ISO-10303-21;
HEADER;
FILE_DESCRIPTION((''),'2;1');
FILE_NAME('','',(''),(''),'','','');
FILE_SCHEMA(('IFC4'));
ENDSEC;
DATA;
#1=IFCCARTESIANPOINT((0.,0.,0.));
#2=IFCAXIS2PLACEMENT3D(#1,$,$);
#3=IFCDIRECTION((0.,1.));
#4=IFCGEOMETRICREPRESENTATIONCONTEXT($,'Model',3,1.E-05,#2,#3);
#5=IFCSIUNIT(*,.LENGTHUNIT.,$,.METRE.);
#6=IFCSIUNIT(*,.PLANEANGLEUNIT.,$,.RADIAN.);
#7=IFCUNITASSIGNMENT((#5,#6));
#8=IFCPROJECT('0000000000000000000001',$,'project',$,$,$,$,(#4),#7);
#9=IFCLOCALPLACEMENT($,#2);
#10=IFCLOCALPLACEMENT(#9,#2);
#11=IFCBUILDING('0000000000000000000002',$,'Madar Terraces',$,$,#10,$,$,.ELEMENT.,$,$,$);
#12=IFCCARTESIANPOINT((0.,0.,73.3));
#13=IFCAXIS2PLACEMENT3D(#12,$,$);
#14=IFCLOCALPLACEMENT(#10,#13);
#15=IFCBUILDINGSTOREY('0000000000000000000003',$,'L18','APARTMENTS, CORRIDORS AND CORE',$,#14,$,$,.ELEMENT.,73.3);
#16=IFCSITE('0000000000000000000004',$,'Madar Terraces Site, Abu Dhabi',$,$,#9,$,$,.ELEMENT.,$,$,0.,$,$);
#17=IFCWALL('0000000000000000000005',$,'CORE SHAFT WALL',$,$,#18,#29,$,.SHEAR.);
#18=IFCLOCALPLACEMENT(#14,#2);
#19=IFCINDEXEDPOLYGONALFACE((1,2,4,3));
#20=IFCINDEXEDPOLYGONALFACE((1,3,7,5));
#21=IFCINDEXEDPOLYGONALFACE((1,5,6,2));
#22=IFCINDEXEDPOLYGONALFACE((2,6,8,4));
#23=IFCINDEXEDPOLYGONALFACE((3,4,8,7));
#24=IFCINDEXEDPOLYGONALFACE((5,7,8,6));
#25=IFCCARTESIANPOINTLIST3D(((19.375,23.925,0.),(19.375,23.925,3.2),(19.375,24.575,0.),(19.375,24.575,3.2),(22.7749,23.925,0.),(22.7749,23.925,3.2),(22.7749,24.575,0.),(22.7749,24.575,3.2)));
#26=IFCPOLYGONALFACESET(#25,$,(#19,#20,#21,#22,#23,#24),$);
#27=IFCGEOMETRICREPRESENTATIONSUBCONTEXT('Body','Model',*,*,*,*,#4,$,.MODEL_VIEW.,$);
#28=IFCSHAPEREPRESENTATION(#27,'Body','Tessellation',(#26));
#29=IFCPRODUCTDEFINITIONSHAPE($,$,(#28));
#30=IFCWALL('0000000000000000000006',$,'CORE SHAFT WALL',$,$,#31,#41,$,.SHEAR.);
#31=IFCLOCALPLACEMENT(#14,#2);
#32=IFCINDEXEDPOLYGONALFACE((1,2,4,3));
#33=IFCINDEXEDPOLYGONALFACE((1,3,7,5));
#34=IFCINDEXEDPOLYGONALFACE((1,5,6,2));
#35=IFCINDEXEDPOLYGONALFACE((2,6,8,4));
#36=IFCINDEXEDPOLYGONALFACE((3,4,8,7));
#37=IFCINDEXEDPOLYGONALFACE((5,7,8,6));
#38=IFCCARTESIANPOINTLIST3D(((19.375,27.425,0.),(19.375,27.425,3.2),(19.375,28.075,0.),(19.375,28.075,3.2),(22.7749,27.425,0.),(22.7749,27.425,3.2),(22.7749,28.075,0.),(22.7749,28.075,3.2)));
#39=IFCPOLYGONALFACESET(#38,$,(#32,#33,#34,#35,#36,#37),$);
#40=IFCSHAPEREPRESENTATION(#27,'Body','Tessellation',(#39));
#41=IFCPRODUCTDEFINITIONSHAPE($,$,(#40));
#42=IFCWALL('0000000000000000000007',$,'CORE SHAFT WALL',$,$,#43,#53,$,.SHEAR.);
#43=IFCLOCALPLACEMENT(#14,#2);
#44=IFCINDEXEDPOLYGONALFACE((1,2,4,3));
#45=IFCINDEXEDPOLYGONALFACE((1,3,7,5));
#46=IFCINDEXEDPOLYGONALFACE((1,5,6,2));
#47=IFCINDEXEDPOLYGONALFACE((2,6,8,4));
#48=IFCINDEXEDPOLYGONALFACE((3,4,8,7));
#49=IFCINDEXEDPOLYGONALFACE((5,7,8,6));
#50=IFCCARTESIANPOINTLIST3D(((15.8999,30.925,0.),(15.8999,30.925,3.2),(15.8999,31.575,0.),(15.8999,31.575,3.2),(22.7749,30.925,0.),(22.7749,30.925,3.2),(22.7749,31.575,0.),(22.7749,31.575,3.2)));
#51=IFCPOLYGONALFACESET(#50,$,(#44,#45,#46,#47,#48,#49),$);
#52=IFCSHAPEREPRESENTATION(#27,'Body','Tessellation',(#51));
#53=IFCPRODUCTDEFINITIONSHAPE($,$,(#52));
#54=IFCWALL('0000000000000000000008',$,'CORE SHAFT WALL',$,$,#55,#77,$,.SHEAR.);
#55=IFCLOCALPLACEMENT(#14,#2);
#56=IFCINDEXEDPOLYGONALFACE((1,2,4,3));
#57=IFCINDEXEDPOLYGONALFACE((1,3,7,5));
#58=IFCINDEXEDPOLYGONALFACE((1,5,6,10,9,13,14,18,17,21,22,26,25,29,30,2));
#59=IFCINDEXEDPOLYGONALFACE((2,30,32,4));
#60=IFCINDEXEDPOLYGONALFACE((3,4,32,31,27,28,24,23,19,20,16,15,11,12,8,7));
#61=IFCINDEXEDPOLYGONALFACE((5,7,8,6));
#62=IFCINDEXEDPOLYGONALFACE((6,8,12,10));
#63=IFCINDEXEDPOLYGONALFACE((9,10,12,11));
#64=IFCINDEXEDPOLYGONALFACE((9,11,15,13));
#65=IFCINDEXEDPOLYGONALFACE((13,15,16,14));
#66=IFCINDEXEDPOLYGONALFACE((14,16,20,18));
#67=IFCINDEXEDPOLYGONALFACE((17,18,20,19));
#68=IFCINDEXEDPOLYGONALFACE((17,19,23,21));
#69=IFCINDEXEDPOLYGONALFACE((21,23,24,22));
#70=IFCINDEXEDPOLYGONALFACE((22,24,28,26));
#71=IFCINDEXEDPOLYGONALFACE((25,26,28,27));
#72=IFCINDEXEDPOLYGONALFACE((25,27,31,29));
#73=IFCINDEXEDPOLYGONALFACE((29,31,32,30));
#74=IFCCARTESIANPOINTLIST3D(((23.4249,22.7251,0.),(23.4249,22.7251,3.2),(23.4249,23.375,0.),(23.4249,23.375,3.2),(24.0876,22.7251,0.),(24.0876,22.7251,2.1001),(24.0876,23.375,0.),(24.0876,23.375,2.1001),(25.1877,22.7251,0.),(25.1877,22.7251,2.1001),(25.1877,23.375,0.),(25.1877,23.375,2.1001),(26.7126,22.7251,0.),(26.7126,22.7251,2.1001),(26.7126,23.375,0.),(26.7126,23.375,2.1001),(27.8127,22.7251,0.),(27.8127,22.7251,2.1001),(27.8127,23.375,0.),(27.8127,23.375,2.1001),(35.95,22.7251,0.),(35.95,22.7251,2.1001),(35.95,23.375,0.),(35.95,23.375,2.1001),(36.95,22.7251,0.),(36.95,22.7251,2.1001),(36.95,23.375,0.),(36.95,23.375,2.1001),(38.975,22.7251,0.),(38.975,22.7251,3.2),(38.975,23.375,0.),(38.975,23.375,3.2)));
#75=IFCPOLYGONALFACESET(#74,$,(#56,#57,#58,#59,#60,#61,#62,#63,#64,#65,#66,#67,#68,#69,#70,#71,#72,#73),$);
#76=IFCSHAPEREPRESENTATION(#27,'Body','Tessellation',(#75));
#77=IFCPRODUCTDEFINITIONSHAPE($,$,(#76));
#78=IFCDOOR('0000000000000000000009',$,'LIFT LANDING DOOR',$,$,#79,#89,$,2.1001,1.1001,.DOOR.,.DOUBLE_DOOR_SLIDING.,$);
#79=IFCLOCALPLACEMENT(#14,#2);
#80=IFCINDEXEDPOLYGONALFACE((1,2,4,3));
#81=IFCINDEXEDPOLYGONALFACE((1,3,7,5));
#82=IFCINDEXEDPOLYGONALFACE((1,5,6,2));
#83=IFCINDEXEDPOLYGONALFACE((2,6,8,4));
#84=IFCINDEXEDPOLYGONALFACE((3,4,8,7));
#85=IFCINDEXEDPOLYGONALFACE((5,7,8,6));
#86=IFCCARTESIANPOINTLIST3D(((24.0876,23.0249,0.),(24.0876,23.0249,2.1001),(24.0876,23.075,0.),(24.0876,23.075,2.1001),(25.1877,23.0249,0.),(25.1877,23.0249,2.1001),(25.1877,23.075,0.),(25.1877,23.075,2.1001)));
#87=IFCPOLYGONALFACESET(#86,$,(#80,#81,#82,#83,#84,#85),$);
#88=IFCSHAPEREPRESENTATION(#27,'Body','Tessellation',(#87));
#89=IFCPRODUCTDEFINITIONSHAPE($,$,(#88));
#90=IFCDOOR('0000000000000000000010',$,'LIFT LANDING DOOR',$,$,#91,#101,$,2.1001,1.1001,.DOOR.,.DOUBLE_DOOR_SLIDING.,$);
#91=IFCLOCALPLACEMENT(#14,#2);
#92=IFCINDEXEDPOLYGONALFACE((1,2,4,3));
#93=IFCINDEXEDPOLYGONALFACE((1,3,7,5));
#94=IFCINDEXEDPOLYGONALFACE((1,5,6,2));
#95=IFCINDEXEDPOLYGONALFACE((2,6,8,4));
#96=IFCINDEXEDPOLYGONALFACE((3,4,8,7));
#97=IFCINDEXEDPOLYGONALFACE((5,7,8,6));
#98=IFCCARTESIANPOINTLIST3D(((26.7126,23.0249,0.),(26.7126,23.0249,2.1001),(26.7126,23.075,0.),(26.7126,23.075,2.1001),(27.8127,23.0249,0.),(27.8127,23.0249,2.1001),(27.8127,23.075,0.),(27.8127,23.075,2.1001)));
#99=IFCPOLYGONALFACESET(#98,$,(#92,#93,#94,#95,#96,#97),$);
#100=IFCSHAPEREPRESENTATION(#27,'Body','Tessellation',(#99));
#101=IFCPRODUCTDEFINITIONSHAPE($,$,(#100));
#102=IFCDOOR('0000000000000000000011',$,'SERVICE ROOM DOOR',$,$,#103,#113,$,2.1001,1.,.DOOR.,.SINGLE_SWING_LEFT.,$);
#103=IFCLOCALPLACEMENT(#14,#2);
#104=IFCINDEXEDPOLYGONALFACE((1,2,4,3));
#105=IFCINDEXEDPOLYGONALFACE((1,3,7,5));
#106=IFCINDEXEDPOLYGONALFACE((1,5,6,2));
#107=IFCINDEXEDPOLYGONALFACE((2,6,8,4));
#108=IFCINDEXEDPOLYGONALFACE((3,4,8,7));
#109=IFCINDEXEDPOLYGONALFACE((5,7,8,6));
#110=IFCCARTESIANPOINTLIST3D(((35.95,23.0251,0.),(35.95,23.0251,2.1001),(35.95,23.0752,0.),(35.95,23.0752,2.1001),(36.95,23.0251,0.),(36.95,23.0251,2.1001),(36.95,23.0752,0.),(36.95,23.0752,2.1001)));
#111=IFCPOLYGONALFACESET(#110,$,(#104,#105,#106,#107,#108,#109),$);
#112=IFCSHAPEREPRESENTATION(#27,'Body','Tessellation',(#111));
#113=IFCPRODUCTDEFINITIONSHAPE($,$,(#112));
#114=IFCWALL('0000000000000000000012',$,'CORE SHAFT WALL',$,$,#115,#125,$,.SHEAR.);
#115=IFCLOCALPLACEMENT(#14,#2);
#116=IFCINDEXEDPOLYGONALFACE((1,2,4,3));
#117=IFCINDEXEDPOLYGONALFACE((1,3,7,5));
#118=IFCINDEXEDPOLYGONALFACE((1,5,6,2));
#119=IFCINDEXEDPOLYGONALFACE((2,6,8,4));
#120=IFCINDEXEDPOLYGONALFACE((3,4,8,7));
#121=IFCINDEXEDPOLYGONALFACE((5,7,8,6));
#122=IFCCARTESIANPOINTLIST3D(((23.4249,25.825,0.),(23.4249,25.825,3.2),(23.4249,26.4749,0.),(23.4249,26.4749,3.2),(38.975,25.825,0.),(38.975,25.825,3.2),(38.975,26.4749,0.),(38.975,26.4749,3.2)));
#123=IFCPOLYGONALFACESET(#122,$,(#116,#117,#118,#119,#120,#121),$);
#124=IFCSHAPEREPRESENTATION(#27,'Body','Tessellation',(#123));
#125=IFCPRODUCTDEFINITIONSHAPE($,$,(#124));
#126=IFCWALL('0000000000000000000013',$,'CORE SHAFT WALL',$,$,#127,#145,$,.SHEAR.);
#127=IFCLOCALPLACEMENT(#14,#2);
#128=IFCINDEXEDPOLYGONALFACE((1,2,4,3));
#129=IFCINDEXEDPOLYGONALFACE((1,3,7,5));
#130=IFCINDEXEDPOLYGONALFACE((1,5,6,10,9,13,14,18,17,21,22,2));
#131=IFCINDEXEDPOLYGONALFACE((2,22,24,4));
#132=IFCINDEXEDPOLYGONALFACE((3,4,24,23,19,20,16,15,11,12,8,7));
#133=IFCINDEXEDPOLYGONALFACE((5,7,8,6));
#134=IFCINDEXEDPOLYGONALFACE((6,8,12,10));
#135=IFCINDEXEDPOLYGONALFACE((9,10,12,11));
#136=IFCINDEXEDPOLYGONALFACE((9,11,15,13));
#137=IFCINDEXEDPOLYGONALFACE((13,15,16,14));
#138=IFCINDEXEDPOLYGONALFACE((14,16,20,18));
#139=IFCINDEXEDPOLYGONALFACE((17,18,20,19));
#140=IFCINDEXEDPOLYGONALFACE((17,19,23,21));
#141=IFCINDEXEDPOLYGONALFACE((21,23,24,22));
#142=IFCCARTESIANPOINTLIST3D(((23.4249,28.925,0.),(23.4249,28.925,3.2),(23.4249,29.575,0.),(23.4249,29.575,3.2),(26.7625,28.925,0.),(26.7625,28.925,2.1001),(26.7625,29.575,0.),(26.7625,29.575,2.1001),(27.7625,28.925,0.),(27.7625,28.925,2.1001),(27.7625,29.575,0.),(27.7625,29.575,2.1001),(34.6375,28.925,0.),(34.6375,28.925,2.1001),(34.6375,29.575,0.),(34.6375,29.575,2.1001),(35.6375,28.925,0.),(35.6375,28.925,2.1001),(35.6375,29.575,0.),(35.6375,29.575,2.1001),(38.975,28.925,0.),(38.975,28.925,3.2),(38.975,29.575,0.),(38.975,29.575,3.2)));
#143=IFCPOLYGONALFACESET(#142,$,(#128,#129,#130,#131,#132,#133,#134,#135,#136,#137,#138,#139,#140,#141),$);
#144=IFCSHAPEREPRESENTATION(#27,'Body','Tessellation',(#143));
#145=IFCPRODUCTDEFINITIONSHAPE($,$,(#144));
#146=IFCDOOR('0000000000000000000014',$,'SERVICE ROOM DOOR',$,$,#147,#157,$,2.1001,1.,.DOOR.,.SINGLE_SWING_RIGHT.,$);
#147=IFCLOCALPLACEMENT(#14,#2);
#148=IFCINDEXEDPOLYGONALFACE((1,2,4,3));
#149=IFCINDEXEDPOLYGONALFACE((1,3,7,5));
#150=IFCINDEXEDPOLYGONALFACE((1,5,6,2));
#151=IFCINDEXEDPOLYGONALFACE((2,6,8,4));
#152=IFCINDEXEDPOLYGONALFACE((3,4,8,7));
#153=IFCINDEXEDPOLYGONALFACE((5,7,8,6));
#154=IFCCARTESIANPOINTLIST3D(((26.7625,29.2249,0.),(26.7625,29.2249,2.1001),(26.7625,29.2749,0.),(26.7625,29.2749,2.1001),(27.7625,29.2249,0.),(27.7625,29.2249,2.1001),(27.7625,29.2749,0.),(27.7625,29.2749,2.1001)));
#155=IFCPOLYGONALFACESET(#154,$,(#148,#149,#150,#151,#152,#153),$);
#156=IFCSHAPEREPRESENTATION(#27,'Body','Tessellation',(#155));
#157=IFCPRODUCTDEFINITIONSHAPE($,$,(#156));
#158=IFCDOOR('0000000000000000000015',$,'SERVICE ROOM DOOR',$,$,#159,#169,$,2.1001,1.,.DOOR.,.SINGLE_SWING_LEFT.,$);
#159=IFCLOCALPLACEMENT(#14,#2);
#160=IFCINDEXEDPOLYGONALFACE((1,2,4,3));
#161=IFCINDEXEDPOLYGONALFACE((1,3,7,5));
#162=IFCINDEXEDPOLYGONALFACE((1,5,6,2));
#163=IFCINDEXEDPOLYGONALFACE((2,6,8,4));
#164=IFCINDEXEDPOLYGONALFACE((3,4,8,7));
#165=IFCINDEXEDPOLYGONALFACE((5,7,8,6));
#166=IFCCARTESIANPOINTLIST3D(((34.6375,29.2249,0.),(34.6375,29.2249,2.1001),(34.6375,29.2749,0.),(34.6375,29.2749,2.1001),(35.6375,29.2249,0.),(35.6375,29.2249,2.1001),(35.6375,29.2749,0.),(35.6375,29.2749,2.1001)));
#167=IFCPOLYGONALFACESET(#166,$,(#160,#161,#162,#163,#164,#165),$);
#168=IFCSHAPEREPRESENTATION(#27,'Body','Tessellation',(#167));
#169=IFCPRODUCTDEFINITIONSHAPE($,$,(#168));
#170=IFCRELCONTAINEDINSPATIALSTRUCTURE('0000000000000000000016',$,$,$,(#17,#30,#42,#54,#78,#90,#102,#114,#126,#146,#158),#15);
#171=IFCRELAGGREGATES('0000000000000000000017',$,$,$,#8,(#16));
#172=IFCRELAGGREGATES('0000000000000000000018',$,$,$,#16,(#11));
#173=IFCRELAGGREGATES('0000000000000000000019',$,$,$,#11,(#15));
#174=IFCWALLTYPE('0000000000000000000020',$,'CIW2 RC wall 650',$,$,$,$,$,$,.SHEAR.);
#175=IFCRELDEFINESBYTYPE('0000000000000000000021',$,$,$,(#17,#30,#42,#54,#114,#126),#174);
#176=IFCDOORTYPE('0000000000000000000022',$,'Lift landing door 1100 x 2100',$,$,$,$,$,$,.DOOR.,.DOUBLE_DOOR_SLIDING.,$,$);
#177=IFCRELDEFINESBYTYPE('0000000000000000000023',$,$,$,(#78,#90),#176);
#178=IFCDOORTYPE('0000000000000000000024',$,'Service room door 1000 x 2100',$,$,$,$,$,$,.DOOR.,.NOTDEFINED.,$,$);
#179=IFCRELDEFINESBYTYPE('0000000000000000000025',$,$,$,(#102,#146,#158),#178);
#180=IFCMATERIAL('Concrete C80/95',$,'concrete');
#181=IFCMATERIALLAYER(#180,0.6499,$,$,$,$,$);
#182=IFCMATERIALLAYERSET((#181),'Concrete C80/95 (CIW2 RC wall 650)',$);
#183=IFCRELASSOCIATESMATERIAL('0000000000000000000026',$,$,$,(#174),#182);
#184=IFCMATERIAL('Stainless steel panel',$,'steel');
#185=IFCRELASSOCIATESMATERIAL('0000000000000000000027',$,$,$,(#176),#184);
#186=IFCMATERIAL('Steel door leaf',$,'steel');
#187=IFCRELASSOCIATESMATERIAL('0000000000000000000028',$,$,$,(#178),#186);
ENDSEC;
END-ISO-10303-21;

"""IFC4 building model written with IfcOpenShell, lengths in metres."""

from ifc_helpers import new_model, si_unit, direction, frame, frame_2d, origin, place, context, subcontext, project, spatial, rectangle, extrude, material, layer, layer_set, type_object, element, fill, save


model = new_model("IFC4")

# Units and contexts
model_context = context("Model", 3, precision=1e-05, world=origin(), true_north=direction((0.0, 1.0)))
body_context = subcontext(model_context, "Body", "Model", "MODEL_VIEW")
ifc_project = project(units=[si_unit("LENGTHUNIT", "METRE"), si_unit("PLANEANGLEUNIT", "RADIAN")], contexts=[model_context])

# Site, building, storey
site_placement = place(None, origin())
site = spatial("IfcSite", under=ifc_project, at=site_placement, Name="Madar Terraces Site, Abu Dhabi", CompositionType="ELEMENT", RefElevation=0.0)
building_placement = place(site_placement, origin())
building = spatial("IfcBuilding", under=site, at=building_placement, Name="Madar Terraces", CompositionType="ELEMENT")
storey_placement = place(building_placement, frame((0.0, 0.0, 73.3)))
storey = spatial("IfcBuildingStorey", under=building, at=storey_placement, Name="L18", Description="APARTMENTS, CORRIDORS AND CORE", CompositionType="ELEMENT", Elevation=73.3)

# Walls
ifc_material_1 = material(Name="Concrete C80/95", Category="concrete")
ifc_layer_1 = layer(ifc_material_1, 0.6499)
ifc_layer_set_1 = layer_set([ifc_layer_1], Name="Concrete C80/95 (CIW2 RC wall 650)")
wall_type_1 = type_object("IfcWallType", Name="CIW2 RC wall 650", PredefinedType="SHEAR", material=ifc_layer_set_1)
for number, where, z_axis, x_axis, name in (
    (1, (19.375, 24.25, 0.0), (0.0, 0.0, 1.0), (1.0, 0.0, 0.0), "CORE SHAFT WALL"),
    (2, (19.375, 27.75, 0.0), (0.0, 0.0, 1.0), (1.0, 0.0, 0.0), "CORE SHAFT WALL"),
):
    element("IfcWall", number, at=place(storey_placement, frame(where, z_axis=z_axis, x_axis=x_axis)), inside=storey, type_object=wall_type_1, Name=name, PredefinedType="SHEAR", context=body_context, shape_type="SweptSolid", body=[
        extrude(rectangle(XDim=3.3999, YDim=0.6499, at=frame_2d((1.7, 0.0))), origin(), (0.0, 0.0, 1.0), 3.2),
    ])
wall_1_placement = place(storey_placement, frame((15.8999, 31.25, 0.0), z_axis=(0.0, 0.0, 1.0), x_axis=(1.0, 0.0, 0.0)))
element("IfcWall", 3, at=wall_1_placement, inside=storey, type_object=wall_type_1, Name="CORE SHAFT WALL", PredefinedType="SHEAR", context=body_context, shape_type="SweptSolid", body=[
    extrude(rectangle(XDim=6.875, YDim=0.6499, at=frame_2d((3.4375, 0.0))), origin(), (0.0, 0.0, 1.0), 3.2),
])

# Wall, openings, doors
wall_2_placement = place(storey_placement, frame((23.425, 23.05, 0.0), z_axis=(0.0, 0.0, 1.0), x_axis=(1.0, 0.0, 0.0)))
wall_2 = element("IfcWall", 4, at=wall_2_placement, inside=storey, type_object=wall_type_1, Name="CORE SHAFT WALL", PredefinedType="SHEAR", context=body_context, shape_type="SweptSolid", body=[
    extrude(rectangle(XDim=15.55, YDim=0.6499, at=frame_2d((7.7749, 0.0))), origin(), (0.0, 0.0, 1.0), 3.2),
])
opening_1_placement = place(wall_2_placement, frame((0.6626, 0.0, 0.0)))
opening_1 = element("IfcOpeningElement", 5, at=opening_1_placement, cuts=wall_2, PredefinedType="OPENING", context=body_context, shape_type="SweptSolid", body=[
    extrude(rectangle(XDim=1.1001, YDim=2.1001, at=frame_2d((0.55, 1.05))), frame((0.0, 0.335, 0.0), z_axis=(0.0, -1.0, 0.0), x_axis=(1.0, 0.0, 0.0)), (0.0, 0.0, 1.0), 0.6699),
])
opening_2_placement = place(wall_2_placement, frame((3.2876, 0.0, 0.0)))
opening_2 = element("IfcOpeningElement", 6, at=opening_2_placement, cuts=wall_2, PredefinedType="OPENING", context=body_context, shape_type="SweptSolid", body=[
    extrude(rectangle(XDim=1.1001, YDim=2.1001, at=frame_2d((0.55, 1.05))), frame((0.0, 0.335, 0.0), z_axis=(0.0, -1.0, 0.0), x_axis=(1.0, 0.0, 0.0)), (0.0, 0.0, 1.0), 0.6699),
])
opening_3_placement = place(wall_2_placement, frame((12.5249, 0.0, 0.0)))
opening_3 = element("IfcOpeningElement", 7, at=opening_3_placement, cuts=wall_2, PredefinedType="OPENING", context=body_context, shape_type="SweptSolid", body=[
    extrude(rectangle(XDim=1.0, YDim=2.1001, at=frame_2d((0.5, 1.05))), frame((0.0, 0.335, 0.0), z_axis=(0.0, -1.0, 0.0), x_axis=(1.0, 0.0, 0.0)), (0.0, 0.0, 1.0), 0.6699),
])
ifc_material_2 = material(Name="Stainless steel panel", Category="steel")
door_type_1 = type_object("IfcDoorType", Name="Lift landing door 1100 x 2100", OperationType="DOUBLE_DOOR_SLIDING", PredefinedType="DOOR", material=ifc_material_2)
door_1_placement = place(opening_1_placement, origin())
door_1 = element("IfcDoor", 8, at=door_1_placement, inside=storey, type_object=door_type_1, Name="LIFT LANDING DOOR", OperationType="DOUBLE_DOOR_SLIDING", OverallHeight=2.1001, OverallWidth=1.1001, PredefinedType="DOOR", context=body_context, shape_type="SweptSolid", body=[
    extrude(rectangle(XDim=1.1001, YDim=2.1001, at=frame_2d((0.55, 1.05))), frame((0.0, 0.0249, 0.0), z_axis=(0.0, -1.0, 0.0), x_axis=(1.0, 0.0, 0.0)), (0.0, 0.0, 1.0), 0.05),
])
fill(opening_1, door_1)
door_2_placement = place(opening_2_placement, origin())
door_2 = element("IfcDoor", 9, at=door_2_placement, inside=storey, type_object=door_type_1, Name="LIFT LANDING DOOR", OperationType="DOUBLE_DOOR_SLIDING", OverallHeight=2.1001, OverallWidth=1.1001, PredefinedType="DOOR", context=body_context, shape_type="SweptSolid", body=[
    extrude(rectangle(XDim=1.1001, YDim=2.1001, at=frame_2d((0.55, 1.05))), frame((0.0, 0.0249, 0.0), z_axis=(0.0, -1.0, 0.0), x_axis=(1.0, 0.0, 0.0)), (0.0, 0.0, 1.0), 0.05),
])
fill(opening_2, door_2)
ifc_material_3 = material(Name="Steel door leaf", Category="steel")
door_type_2 = type_object("IfcDoorType", Name="Service room door 1000 x 2100", OperationType="NOTDEFINED", PredefinedType="DOOR", material=ifc_material_3)
door_3_placement = place(opening_3_placement, frame((1.0, 0.0, 0.0), z_axis=(0.0, 0.0, 1.0), x_axis=(-1.0, 0.0, 0.0)))
door_3 = element("IfcDoor", 10, at=door_3_placement, inside=storey, type_object=door_type_2, Name="SERVICE ROOM DOOR", OperationType="SINGLE_SWING_LEFT", OverallHeight=2.1001, OverallWidth=1.0, PredefinedType="DOOR", context=body_context, shape_type="SweptSolid", body=[
    extrude(rectangle(XDim=1.0, YDim=2.1001, at=frame_2d((0.5, 1.05))), frame((0.0, 0.0249, 0.0), z_axis=(0.0, -1.0, 0.0), x_axis=(1.0, 0.0, 0.0)), (0.0, 0.0, 1.0), 0.05),
])
fill(opening_3, door_3)

# Wall
wall_3_placement = place(storey_placement, frame((23.425, 26.1499, 0.0), z_axis=(0.0, 0.0, 1.0), x_axis=(1.0, 0.0, 0.0)))
element("IfcWall", 11, at=wall_3_placement, inside=storey, type_object=wall_type_1, Name="CORE SHAFT WALL", PredefinedType="SHEAR", context=body_context, shape_type="SweptSolid", body=[
    extrude(rectangle(XDim=15.55, YDim=0.6499, at=frame_2d((7.7749, 0.0))), origin(), (0.0, 0.0, 1.0), 3.2),
])

# Wall, openings, doors
wall_4_placement = place(storey_placement, frame((23.425, 29.25, 0.0), z_axis=(0.0, 0.0, 1.0), x_axis=(1.0, 0.0, 0.0)))
wall_4 = element("IfcWall", 12, at=wall_4_placement, inside=storey, type_object=wall_type_1, Name="CORE SHAFT WALL", PredefinedType="SHEAR", context=body_context, shape_type="SweptSolid", body=[
    extrude(rectangle(XDim=15.55, YDim=0.6499, at=frame_2d((7.7749, 0.0))), origin(), (0.0, 0.0, 1.0), 3.2),
])
opening_4_placement = place(wall_4_placement, frame((3.3374, 0.0, 0.0)))
opening_4 = element("IfcOpeningElement", 13, at=opening_4_placement, cuts=wall_4, PredefinedType="OPENING", context=body_context, shape_type="SweptSolid", body=[
    extrude(rectangle(XDim=1.0, YDim=2.1001, at=frame_2d((0.5, 1.05))), frame((0.0, 0.335, 0.0), z_axis=(0.0, -1.0, 0.0), x_axis=(1.0, 0.0, 0.0)), (0.0, 0.0, 1.0), 0.6699),
])
opening_5_placement = place(wall_4_placement, frame((11.2124, 0.0, 0.0)))
opening_5 = element("IfcOpeningElement", 14, at=opening_5_placement, cuts=wall_4, PredefinedType="OPENING", context=body_context, shape_type="SweptSolid", body=[
    extrude(rectangle(XDim=1.0, YDim=2.1001, at=frame_2d((0.5, 1.05))), frame((0.0, 0.335, 0.0), z_axis=(0.0, -1.0, 0.0), x_axis=(1.0, 0.0, 0.0)), (0.0, 0.0, 1.0), 0.6699),
])
door_4_placement = place(opening_4_placement, origin())
door_4 = element("IfcDoor", 15, at=door_4_placement, inside=storey, type_object=door_type_2, Name="SERVICE ROOM DOOR", OperationType="SINGLE_SWING_RIGHT", OverallHeight=2.1001, OverallWidth=1.0, PredefinedType="DOOR", context=body_context, shape_type="SweptSolid", body=[
    extrude(rectangle(XDim=1.0, YDim=2.1001, at=frame_2d((0.5, 1.05))), frame((0.0, 0.0249, 0.0), z_axis=(0.0, -1.0, 0.0), x_axis=(1.0, 0.0, 0.0)), (0.0, 0.0, 1.0), 0.05),
])
fill(opening_4, door_4)
door_5_placement = place(opening_5_placement, origin())
door_5 = element("IfcDoor", 16, at=door_5_placement, inside=storey, type_object=door_type_2, Name="SERVICE ROOM DOOR", OperationType="SINGLE_SWING_LEFT", OverallHeight=2.1001, OverallWidth=1.0, PredefinedType="DOOR", context=body_context, shape_type="SweptSolid", body=[
    extrude(rectangle(XDim=1.0, YDim=2.1001, at=frame_2d((0.5, 1.05))), frame((0.0, 0.0249, 0.0), z_axis=(0.0, -1.0, 0.0), x_axis=(1.0, 0.0, 0.0)), (0.0, 0.0, 1.0), 0.05),
])
fill(opening_5, door_5)

save(model, "model.ifc")
